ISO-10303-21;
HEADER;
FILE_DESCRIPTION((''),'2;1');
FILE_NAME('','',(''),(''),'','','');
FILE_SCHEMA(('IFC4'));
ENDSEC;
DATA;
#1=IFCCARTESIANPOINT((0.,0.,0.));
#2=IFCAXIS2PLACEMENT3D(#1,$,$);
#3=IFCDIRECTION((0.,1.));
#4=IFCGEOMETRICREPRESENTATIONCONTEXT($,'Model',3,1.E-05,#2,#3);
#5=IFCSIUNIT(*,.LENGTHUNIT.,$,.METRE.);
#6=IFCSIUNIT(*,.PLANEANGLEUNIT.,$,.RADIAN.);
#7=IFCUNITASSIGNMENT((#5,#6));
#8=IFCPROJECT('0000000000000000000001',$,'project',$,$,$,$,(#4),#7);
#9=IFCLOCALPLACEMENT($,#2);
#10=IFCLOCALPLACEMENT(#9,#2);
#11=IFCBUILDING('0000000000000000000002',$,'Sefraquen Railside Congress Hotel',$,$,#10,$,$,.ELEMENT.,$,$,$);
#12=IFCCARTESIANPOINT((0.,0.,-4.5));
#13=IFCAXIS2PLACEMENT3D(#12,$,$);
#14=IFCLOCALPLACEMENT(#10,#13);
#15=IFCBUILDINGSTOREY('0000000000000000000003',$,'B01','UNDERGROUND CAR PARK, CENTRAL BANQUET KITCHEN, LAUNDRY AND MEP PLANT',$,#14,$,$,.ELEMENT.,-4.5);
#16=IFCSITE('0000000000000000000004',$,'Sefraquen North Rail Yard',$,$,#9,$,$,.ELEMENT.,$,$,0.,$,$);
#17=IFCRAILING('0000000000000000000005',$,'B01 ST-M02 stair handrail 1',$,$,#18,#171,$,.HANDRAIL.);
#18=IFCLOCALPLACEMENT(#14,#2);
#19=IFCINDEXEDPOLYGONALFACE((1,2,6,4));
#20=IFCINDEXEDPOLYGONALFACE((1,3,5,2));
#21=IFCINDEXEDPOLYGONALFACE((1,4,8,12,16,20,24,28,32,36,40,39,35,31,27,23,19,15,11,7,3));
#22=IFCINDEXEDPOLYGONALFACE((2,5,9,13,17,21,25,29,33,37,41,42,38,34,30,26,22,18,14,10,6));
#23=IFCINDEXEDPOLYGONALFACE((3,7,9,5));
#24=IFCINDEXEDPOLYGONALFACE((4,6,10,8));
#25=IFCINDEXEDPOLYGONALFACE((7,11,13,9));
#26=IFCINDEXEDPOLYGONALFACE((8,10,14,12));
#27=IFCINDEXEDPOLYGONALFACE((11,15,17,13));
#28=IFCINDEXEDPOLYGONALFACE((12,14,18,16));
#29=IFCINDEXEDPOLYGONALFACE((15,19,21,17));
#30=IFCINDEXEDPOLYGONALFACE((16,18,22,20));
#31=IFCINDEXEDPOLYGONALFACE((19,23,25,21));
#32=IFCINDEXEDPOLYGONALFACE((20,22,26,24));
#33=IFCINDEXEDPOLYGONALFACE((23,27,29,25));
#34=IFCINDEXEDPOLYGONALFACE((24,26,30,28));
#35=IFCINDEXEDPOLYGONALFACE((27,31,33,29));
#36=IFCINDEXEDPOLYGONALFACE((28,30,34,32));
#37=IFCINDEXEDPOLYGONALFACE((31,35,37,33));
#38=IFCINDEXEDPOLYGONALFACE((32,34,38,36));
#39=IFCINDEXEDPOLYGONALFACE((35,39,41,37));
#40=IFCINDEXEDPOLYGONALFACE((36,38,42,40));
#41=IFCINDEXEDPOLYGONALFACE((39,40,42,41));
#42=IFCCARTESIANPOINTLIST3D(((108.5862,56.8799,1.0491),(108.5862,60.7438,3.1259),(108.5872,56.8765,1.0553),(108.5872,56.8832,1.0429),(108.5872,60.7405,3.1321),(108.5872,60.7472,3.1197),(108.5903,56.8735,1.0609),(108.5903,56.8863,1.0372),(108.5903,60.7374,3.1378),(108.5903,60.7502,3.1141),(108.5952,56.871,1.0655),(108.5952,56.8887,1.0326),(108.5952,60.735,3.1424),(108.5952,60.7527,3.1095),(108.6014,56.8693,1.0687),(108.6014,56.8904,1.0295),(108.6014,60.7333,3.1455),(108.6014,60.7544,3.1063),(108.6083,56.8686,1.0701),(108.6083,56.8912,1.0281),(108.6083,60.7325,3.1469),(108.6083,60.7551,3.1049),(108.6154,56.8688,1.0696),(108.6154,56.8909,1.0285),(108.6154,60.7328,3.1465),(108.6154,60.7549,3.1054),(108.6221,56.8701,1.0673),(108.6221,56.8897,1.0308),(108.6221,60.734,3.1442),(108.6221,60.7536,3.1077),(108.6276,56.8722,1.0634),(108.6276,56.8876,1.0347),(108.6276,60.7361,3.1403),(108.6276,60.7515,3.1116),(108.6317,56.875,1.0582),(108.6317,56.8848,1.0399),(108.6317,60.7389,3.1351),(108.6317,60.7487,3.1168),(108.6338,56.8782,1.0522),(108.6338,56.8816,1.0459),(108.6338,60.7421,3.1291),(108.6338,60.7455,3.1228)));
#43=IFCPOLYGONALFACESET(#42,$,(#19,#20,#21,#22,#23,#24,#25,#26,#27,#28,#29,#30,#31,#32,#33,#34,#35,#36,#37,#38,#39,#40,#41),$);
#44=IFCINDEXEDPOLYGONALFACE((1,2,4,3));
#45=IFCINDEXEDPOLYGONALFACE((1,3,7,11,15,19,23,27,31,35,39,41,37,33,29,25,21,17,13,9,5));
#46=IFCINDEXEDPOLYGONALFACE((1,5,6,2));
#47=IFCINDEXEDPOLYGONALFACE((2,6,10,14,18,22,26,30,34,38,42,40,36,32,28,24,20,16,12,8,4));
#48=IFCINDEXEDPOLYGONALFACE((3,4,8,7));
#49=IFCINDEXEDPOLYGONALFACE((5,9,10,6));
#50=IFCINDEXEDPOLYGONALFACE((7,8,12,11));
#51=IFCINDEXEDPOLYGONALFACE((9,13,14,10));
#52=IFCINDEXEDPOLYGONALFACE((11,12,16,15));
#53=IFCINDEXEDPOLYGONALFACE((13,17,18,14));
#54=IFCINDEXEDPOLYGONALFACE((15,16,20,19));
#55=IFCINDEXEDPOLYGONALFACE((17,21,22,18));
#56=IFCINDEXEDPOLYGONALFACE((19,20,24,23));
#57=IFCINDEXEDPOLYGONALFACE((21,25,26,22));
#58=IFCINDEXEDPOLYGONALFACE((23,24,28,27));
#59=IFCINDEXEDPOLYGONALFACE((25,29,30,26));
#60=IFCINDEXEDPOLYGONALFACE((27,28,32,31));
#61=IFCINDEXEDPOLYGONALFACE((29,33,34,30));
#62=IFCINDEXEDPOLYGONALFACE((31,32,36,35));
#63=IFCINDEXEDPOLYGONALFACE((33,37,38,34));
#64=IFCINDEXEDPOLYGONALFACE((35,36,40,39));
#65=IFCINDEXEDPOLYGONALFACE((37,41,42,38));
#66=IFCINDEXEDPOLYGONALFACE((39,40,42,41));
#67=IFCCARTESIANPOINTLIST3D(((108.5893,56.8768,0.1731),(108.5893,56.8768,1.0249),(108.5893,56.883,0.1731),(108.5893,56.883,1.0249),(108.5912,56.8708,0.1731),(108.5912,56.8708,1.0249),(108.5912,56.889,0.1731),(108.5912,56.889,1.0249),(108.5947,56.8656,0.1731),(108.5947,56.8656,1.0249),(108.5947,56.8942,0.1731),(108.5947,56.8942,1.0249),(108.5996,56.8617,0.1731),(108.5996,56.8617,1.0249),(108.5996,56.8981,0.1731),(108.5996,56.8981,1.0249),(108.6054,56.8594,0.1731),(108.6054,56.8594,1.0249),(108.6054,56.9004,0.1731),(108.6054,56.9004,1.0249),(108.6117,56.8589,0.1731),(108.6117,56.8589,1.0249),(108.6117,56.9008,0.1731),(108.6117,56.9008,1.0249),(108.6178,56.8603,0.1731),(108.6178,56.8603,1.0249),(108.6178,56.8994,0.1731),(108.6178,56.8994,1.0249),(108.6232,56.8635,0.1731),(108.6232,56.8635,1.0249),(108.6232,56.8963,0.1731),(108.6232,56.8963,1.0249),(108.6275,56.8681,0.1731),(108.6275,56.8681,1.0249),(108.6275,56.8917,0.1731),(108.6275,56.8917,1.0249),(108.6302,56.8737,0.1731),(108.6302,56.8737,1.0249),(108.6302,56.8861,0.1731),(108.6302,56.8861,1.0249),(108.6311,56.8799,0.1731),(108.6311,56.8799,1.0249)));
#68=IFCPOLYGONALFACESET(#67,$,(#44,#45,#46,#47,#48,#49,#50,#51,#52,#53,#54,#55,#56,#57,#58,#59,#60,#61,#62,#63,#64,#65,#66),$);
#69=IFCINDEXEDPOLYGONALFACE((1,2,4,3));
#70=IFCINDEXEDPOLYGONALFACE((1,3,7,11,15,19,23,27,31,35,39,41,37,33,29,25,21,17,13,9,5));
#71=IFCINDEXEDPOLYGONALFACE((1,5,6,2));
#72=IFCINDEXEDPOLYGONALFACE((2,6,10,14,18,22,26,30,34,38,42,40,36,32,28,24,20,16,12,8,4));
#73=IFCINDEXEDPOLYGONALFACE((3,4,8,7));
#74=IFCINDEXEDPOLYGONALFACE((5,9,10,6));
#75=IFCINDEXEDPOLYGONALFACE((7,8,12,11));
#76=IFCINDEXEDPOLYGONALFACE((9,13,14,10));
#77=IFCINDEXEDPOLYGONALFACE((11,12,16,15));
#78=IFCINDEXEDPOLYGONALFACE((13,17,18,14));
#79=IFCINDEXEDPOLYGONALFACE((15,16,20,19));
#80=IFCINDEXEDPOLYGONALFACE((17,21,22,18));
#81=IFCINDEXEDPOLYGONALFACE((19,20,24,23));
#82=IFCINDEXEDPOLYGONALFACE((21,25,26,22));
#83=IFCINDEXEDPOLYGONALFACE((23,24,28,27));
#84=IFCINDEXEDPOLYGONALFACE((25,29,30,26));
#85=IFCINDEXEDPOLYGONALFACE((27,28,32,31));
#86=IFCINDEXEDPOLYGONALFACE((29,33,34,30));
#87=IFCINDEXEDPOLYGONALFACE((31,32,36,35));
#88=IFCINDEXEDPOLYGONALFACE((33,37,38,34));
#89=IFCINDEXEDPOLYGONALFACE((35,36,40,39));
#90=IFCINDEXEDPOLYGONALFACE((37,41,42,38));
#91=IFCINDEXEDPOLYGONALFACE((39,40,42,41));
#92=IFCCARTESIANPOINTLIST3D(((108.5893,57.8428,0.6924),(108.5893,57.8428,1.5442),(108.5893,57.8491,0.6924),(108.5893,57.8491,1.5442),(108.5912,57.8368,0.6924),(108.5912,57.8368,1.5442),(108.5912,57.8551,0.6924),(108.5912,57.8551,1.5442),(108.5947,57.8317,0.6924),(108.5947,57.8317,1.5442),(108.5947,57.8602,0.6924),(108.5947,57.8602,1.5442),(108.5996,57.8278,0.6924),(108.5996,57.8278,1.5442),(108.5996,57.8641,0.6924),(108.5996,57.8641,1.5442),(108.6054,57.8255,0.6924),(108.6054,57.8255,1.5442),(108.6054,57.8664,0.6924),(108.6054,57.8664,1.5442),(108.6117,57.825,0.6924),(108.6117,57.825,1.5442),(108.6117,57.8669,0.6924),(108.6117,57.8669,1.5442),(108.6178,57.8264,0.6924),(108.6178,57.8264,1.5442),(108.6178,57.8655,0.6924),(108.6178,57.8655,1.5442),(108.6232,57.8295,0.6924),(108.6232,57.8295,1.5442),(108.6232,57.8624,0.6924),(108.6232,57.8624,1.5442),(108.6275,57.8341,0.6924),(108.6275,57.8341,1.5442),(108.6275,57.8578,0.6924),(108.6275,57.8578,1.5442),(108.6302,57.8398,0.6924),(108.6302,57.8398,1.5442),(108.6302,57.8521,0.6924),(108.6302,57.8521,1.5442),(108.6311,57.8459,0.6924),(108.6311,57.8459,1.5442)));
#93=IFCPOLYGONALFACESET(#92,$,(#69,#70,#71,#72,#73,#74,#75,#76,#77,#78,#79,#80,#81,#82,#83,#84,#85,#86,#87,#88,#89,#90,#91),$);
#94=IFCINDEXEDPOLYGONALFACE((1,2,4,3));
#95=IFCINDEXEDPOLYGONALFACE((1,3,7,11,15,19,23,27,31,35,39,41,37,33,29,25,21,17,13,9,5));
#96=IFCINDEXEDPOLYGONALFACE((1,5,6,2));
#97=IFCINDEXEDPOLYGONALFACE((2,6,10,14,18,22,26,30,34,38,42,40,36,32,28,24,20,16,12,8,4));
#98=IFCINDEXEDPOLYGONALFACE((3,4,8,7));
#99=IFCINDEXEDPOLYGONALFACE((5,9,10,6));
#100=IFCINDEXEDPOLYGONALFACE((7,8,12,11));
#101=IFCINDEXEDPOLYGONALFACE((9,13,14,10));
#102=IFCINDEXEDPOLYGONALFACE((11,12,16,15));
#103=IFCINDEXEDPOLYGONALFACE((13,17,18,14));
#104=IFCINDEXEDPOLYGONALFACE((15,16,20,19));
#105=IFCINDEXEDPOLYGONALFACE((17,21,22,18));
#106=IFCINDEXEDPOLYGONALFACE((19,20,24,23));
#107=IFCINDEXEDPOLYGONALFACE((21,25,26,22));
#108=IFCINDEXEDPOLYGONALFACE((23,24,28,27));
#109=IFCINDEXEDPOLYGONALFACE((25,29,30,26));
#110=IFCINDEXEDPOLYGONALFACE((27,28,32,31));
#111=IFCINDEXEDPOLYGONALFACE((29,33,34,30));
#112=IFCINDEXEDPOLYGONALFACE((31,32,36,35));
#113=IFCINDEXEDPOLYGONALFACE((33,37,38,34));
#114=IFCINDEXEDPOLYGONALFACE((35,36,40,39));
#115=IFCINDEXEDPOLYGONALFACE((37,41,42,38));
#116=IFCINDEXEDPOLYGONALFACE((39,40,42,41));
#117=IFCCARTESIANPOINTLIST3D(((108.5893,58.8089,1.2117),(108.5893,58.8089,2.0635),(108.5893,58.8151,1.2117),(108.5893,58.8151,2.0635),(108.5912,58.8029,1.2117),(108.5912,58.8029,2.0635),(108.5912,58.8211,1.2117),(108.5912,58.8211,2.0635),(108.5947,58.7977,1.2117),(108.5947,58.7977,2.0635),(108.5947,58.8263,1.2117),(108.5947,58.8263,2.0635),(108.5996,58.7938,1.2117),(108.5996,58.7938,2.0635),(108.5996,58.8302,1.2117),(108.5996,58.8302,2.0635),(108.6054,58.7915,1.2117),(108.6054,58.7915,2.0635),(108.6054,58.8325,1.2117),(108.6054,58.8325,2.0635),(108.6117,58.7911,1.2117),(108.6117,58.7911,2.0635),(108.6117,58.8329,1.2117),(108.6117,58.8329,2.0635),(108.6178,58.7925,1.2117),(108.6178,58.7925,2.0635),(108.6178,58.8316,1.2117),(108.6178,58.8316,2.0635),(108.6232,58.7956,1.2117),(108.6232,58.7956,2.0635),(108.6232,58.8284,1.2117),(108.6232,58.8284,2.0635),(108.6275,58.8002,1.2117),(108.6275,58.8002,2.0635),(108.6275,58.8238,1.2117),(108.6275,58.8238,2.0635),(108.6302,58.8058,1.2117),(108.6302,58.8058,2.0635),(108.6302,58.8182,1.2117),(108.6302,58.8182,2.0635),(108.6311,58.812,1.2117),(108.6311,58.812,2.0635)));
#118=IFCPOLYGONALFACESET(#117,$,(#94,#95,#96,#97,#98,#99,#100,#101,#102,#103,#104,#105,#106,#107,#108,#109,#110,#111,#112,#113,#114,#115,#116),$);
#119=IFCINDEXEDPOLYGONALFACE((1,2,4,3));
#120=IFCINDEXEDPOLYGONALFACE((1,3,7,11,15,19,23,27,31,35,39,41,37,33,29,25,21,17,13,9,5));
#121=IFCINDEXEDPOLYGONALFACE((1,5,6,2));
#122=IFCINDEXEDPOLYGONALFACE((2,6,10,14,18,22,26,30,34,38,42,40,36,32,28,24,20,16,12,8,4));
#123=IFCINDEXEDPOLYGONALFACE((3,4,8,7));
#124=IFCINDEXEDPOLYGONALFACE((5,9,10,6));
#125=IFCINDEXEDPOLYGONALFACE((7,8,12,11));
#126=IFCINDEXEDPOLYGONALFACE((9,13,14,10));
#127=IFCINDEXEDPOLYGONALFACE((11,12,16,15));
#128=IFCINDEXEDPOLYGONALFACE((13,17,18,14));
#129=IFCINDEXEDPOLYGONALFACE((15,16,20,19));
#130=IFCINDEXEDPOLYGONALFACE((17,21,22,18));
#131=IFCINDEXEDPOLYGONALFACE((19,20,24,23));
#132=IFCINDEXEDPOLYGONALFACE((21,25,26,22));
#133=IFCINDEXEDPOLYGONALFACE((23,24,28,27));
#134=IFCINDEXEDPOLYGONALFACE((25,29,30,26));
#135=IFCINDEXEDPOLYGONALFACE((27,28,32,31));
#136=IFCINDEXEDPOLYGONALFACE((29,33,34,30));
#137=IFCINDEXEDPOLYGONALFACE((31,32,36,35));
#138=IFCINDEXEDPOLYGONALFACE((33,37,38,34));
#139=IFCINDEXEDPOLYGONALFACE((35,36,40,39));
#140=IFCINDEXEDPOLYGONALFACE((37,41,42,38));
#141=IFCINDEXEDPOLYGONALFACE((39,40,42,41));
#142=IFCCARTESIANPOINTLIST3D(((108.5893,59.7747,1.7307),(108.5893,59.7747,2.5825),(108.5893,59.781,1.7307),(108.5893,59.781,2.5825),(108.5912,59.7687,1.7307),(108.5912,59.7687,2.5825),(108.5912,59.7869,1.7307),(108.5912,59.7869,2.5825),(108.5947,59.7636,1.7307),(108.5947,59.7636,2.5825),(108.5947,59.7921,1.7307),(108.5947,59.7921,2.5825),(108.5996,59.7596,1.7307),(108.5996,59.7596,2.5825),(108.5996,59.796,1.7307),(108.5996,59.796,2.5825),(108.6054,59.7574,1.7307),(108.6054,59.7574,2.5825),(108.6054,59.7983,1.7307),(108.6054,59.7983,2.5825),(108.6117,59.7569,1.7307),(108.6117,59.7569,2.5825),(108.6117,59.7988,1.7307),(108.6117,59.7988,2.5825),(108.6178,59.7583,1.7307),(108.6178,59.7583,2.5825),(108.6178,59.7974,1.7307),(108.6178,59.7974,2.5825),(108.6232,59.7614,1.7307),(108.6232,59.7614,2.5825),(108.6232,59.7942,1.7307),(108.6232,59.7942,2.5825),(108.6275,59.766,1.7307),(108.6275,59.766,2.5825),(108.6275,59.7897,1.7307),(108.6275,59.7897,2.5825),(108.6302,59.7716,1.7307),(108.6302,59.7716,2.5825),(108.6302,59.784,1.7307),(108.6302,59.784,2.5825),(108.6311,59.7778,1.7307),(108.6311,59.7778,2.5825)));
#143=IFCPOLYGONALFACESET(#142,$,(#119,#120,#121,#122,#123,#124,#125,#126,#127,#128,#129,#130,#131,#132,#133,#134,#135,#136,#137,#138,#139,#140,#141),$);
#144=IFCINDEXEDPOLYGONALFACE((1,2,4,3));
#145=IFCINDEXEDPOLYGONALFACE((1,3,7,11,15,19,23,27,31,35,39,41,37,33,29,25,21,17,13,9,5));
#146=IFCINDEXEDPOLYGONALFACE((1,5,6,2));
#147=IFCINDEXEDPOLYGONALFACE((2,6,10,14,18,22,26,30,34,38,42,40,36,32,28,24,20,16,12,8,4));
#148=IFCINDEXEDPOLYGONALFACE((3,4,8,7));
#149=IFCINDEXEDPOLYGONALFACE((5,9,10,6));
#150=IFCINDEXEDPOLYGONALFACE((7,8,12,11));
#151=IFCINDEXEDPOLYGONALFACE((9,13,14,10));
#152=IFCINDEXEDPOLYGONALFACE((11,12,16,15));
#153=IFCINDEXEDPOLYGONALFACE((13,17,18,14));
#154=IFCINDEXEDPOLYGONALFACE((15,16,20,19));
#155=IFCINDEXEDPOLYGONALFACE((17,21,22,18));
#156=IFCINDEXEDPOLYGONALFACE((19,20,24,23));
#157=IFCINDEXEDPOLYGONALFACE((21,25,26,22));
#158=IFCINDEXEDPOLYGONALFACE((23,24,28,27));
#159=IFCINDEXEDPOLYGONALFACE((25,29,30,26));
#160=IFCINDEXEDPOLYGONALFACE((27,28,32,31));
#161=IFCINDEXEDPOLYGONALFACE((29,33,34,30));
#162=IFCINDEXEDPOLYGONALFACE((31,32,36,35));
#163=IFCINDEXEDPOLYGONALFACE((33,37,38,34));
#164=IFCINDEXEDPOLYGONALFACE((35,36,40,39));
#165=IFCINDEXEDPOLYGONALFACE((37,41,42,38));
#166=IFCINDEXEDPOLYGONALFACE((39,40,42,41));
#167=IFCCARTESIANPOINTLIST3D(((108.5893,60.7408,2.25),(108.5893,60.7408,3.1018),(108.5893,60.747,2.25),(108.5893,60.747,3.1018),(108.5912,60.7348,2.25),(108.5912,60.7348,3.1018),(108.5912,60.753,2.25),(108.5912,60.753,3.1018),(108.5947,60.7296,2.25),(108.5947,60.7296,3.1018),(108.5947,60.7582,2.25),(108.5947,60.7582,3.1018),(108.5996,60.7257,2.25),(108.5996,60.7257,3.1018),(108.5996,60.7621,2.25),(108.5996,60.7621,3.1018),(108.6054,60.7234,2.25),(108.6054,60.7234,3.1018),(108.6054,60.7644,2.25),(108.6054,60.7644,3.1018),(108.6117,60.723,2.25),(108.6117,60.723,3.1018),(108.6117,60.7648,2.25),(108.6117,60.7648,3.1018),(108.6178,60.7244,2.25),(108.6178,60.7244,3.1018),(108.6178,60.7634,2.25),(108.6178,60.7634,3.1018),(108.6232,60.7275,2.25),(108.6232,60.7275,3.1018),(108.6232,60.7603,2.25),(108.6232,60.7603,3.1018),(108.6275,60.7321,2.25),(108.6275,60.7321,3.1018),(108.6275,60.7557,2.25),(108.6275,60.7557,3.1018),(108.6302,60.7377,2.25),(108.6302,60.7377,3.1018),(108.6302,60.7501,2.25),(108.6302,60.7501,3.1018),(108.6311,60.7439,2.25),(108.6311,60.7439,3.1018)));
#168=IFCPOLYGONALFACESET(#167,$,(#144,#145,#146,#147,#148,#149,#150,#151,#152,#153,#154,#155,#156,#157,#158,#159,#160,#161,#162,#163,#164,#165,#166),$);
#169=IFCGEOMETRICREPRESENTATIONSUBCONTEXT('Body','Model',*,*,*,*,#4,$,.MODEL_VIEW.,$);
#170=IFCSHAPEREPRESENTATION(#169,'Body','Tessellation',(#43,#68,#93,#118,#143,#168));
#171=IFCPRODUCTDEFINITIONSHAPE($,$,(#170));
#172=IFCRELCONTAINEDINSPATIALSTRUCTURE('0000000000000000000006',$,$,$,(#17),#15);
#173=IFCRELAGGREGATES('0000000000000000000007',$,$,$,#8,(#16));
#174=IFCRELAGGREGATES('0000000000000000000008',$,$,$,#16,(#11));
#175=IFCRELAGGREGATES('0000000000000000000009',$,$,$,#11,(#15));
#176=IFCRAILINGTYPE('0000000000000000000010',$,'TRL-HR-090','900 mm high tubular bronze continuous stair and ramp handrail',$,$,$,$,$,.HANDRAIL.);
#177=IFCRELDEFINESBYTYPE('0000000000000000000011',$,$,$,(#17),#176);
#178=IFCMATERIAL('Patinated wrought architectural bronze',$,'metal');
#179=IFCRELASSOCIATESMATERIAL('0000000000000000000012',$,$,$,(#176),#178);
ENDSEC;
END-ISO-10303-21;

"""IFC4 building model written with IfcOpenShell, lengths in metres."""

from ifc_helpers import new_model, si_unit, direction, frame, origin, origin_2d, place, context, subcontext, project, spatial, circle, extrude, material, type_object, element, save


model = new_model("IFC4")

# Units and contexts
model_context = context("Model", 3, precision=1e-05, world=origin(), true_north=direction((0.0, 1.0)))
body_context = subcontext(model_context, "Body", "Model", "MODEL_VIEW")
ifc_project = project(units=[si_unit("LENGTHUNIT", "METRE"), si_unit("PLANEANGLEUNIT", "RADIAN")], contexts=[model_context])

# Site, building, storey
site_placement = place(None, origin())
site = spatial("IfcSite", under=ifc_project, at=site_placement, Name="Sefraquen North Rail Yard", CompositionType="ELEMENT", RefElevation=0.0)
building_placement = place(site_placement, origin())
building = spatial("IfcBuilding", under=site, at=building_placement, Name="Sefraquen Railside Congress Hotel", CompositionType="ELEMENT")
storey_placement = place(building_placement, frame((0.0, 0.0, -4.5)))
storey = spatial("IfcBuildingStorey", under=building, at=storey_placement, Name="B01", Description="UNDERGROUND CAR PARK, CENTRAL BANQUET KITCHEN, LAUNDRY AND MEP PLANT", CompositionType="ELEMENT", Elevation=-4.5)

# Railing
ifc_material_1 = material(Name="Patinated wrought architectural bronze", Category="metal")
railing_type_1 = type_object("IfcRailingType", Name="TRL-HR-090", Description="900 mm high tubular bronze continuous stair and ramp handrail", PredefinedType="HANDRAIL", material=ifc_material_1)
railing_1_placement = place(storey_placement, frame((108.6101, 56.8799, 0.1731)))
element("IfcRailing", 1, at=railing_1_placement, inside=storey, type_object=railing_type_1, Name="B01 ST-M02 stair handrail 1", PredefinedType="HANDRAIL", context=body_context, shape_type="SweptSolid", body=[
    extrude(circle(Radius=0.0239, at=origin_2d()), frame((0.0, 0.0, 0.876), z_axis=(0.0, 0.880825, 0.473443), x_axis=(-1.0, 0.0, 0.0)), (0.0, 0.0, 1.0), 4.3867),
    extrude(circle(Radius=0.021, at=origin_2d()), origin(), (0.0, 0.0, 1.0), 0.8518),
    extrude(circle(Radius=0.021, at=origin_2d()), frame((0.0, 0.9661, 0.5193)), (0.0, 0.0, 1.0), 0.8518),
    extrude(circle(Radius=0.021, at=origin_2d()), frame((0.0, 1.9321, 1.0386)), (0.0, 0.0, 1.0), 0.8518),
    extrude(circle(Radius=0.021, at=origin_2d()), frame((0.0, 2.8979, 1.5576)), (0.0, 0.0, 1.0), 0.8518),
    extrude(circle(Radius=0.021, at=origin_2d()), frame((0.0, 3.864, 2.0769)), (0.0, 0.0, 1.0), 0.8518),
])

save(model, "model.ifc")
